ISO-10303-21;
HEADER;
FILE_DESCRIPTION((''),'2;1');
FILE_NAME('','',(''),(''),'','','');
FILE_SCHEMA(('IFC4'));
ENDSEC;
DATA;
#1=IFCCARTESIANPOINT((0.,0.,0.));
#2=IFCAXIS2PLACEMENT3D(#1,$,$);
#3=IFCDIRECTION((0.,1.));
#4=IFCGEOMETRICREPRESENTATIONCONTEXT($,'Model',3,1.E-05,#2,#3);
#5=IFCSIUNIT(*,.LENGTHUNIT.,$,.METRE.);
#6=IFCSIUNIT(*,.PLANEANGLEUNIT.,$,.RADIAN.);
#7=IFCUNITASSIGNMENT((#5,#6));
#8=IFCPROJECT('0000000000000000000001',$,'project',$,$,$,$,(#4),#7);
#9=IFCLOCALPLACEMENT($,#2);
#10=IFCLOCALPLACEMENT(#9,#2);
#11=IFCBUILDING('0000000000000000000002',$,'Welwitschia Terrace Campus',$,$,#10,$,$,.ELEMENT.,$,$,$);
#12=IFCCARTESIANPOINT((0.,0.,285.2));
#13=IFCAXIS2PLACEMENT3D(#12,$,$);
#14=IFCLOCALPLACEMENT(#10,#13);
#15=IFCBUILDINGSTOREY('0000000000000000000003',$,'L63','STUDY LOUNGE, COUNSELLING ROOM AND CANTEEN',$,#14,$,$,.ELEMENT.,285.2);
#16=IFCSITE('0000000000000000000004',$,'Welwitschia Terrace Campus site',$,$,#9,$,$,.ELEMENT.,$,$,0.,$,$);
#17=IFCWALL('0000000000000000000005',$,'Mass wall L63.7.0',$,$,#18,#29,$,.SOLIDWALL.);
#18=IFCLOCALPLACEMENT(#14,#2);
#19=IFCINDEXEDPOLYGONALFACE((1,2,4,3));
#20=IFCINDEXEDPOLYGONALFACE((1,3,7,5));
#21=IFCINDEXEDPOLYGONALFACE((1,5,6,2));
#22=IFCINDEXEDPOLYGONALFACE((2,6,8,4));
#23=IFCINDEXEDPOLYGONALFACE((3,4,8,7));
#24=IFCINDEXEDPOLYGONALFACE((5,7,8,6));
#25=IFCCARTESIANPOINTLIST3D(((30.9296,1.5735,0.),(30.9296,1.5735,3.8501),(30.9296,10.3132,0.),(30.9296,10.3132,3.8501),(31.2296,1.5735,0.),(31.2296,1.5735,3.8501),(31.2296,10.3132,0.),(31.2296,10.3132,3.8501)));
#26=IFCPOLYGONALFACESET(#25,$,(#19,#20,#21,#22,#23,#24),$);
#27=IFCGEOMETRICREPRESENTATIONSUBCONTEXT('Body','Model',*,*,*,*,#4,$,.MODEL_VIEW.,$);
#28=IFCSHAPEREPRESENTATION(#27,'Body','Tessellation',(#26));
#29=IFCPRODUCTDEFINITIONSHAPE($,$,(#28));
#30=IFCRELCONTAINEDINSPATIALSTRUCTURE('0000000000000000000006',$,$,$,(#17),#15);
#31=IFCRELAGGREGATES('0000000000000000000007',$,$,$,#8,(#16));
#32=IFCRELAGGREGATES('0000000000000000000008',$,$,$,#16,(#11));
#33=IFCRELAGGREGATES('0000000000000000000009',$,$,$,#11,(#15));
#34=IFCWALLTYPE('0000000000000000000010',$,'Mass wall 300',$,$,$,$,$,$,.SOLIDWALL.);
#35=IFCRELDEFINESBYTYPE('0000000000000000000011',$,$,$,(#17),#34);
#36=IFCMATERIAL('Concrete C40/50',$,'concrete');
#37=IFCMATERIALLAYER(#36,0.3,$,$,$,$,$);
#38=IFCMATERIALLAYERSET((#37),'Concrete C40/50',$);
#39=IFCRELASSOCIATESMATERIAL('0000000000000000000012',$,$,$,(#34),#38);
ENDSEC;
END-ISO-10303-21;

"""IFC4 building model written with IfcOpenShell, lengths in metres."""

from ifc_helpers import new_model, si_unit, direction, frame, frame_2d, origin, place, context, subcontext, project, spatial, rectangle, extrude, material, layer, layer_set, type_object, element, save


model = new_model("IFC4")

# Units and contexts
model_context = context("Model", 3, precision=1e-05, world=origin(), true_north=direction((0.0, 1.0)))
body_context = subcontext(model_context, "Body", "Model", "MODEL_VIEW")
ifc_project = project(units=[si_unit("LENGTHUNIT", "METRE"), si_unit("PLANEANGLEUNIT", "RADIAN")], contexts=[model_context])

# Site, building, storey
site_placement = place(None, origin())
site = spatial("IfcSite", under=ifc_project, at=site_placement, Name="Welwitschia Terrace Campus site", CompositionType="ELEMENT", RefElevation=0.0)
building_placement = place(site_placement, origin())
building = spatial("IfcBuilding", under=site, at=building_placement, Name="Welwitschia Terrace Campus", CompositionType="ELEMENT")
storey_placement = place(building_placement, frame((0.0, 0.0, 285.2)))
storey = spatial("IfcBuildingStorey", under=building, at=storey_placement, Name="L63", Description="STUDY LOUNGE, COUNSELLING ROOM AND CANTEEN", CompositionType="ELEMENT", Elevation=285.2)

# Wall
ifc_material_1 = material(Name="Concrete C40/50", Category="concrete")
ifc_layer_1 = layer(ifc_material_1, 0.3)
ifc_layer_set_1 = layer_set([ifc_layer_1], Name="Concrete C40/50")
wall_type_1 = type_object("IfcWallType", Name="Mass wall 300", PredefinedType="SOLIDWALL", material=ifc_layer_set_1)
wall_1_placement = place(storey_placement, frame((31.0796, 1.5735, 0.0), z_axis=(0.0, 0.0, 1.0), x_axis=(0.0, 1.0, 0.0)))
element("IfcWall", 1, at=wall_1_placement, inside=storey, type_object=wall_type_1, Name="Mass wall L63.7.0", PredefinedType="SOLIDWALL", context=body_context, shape_type="SweptSolid", body=[
    extrude(rectangle(XDim=8.7397, YDim=0.3, at=frame_2d((4.3699, 0.0))), origin(), (0.0, 0.0, 1.0), 3.8501),
])

save(model, "model.ifc")
